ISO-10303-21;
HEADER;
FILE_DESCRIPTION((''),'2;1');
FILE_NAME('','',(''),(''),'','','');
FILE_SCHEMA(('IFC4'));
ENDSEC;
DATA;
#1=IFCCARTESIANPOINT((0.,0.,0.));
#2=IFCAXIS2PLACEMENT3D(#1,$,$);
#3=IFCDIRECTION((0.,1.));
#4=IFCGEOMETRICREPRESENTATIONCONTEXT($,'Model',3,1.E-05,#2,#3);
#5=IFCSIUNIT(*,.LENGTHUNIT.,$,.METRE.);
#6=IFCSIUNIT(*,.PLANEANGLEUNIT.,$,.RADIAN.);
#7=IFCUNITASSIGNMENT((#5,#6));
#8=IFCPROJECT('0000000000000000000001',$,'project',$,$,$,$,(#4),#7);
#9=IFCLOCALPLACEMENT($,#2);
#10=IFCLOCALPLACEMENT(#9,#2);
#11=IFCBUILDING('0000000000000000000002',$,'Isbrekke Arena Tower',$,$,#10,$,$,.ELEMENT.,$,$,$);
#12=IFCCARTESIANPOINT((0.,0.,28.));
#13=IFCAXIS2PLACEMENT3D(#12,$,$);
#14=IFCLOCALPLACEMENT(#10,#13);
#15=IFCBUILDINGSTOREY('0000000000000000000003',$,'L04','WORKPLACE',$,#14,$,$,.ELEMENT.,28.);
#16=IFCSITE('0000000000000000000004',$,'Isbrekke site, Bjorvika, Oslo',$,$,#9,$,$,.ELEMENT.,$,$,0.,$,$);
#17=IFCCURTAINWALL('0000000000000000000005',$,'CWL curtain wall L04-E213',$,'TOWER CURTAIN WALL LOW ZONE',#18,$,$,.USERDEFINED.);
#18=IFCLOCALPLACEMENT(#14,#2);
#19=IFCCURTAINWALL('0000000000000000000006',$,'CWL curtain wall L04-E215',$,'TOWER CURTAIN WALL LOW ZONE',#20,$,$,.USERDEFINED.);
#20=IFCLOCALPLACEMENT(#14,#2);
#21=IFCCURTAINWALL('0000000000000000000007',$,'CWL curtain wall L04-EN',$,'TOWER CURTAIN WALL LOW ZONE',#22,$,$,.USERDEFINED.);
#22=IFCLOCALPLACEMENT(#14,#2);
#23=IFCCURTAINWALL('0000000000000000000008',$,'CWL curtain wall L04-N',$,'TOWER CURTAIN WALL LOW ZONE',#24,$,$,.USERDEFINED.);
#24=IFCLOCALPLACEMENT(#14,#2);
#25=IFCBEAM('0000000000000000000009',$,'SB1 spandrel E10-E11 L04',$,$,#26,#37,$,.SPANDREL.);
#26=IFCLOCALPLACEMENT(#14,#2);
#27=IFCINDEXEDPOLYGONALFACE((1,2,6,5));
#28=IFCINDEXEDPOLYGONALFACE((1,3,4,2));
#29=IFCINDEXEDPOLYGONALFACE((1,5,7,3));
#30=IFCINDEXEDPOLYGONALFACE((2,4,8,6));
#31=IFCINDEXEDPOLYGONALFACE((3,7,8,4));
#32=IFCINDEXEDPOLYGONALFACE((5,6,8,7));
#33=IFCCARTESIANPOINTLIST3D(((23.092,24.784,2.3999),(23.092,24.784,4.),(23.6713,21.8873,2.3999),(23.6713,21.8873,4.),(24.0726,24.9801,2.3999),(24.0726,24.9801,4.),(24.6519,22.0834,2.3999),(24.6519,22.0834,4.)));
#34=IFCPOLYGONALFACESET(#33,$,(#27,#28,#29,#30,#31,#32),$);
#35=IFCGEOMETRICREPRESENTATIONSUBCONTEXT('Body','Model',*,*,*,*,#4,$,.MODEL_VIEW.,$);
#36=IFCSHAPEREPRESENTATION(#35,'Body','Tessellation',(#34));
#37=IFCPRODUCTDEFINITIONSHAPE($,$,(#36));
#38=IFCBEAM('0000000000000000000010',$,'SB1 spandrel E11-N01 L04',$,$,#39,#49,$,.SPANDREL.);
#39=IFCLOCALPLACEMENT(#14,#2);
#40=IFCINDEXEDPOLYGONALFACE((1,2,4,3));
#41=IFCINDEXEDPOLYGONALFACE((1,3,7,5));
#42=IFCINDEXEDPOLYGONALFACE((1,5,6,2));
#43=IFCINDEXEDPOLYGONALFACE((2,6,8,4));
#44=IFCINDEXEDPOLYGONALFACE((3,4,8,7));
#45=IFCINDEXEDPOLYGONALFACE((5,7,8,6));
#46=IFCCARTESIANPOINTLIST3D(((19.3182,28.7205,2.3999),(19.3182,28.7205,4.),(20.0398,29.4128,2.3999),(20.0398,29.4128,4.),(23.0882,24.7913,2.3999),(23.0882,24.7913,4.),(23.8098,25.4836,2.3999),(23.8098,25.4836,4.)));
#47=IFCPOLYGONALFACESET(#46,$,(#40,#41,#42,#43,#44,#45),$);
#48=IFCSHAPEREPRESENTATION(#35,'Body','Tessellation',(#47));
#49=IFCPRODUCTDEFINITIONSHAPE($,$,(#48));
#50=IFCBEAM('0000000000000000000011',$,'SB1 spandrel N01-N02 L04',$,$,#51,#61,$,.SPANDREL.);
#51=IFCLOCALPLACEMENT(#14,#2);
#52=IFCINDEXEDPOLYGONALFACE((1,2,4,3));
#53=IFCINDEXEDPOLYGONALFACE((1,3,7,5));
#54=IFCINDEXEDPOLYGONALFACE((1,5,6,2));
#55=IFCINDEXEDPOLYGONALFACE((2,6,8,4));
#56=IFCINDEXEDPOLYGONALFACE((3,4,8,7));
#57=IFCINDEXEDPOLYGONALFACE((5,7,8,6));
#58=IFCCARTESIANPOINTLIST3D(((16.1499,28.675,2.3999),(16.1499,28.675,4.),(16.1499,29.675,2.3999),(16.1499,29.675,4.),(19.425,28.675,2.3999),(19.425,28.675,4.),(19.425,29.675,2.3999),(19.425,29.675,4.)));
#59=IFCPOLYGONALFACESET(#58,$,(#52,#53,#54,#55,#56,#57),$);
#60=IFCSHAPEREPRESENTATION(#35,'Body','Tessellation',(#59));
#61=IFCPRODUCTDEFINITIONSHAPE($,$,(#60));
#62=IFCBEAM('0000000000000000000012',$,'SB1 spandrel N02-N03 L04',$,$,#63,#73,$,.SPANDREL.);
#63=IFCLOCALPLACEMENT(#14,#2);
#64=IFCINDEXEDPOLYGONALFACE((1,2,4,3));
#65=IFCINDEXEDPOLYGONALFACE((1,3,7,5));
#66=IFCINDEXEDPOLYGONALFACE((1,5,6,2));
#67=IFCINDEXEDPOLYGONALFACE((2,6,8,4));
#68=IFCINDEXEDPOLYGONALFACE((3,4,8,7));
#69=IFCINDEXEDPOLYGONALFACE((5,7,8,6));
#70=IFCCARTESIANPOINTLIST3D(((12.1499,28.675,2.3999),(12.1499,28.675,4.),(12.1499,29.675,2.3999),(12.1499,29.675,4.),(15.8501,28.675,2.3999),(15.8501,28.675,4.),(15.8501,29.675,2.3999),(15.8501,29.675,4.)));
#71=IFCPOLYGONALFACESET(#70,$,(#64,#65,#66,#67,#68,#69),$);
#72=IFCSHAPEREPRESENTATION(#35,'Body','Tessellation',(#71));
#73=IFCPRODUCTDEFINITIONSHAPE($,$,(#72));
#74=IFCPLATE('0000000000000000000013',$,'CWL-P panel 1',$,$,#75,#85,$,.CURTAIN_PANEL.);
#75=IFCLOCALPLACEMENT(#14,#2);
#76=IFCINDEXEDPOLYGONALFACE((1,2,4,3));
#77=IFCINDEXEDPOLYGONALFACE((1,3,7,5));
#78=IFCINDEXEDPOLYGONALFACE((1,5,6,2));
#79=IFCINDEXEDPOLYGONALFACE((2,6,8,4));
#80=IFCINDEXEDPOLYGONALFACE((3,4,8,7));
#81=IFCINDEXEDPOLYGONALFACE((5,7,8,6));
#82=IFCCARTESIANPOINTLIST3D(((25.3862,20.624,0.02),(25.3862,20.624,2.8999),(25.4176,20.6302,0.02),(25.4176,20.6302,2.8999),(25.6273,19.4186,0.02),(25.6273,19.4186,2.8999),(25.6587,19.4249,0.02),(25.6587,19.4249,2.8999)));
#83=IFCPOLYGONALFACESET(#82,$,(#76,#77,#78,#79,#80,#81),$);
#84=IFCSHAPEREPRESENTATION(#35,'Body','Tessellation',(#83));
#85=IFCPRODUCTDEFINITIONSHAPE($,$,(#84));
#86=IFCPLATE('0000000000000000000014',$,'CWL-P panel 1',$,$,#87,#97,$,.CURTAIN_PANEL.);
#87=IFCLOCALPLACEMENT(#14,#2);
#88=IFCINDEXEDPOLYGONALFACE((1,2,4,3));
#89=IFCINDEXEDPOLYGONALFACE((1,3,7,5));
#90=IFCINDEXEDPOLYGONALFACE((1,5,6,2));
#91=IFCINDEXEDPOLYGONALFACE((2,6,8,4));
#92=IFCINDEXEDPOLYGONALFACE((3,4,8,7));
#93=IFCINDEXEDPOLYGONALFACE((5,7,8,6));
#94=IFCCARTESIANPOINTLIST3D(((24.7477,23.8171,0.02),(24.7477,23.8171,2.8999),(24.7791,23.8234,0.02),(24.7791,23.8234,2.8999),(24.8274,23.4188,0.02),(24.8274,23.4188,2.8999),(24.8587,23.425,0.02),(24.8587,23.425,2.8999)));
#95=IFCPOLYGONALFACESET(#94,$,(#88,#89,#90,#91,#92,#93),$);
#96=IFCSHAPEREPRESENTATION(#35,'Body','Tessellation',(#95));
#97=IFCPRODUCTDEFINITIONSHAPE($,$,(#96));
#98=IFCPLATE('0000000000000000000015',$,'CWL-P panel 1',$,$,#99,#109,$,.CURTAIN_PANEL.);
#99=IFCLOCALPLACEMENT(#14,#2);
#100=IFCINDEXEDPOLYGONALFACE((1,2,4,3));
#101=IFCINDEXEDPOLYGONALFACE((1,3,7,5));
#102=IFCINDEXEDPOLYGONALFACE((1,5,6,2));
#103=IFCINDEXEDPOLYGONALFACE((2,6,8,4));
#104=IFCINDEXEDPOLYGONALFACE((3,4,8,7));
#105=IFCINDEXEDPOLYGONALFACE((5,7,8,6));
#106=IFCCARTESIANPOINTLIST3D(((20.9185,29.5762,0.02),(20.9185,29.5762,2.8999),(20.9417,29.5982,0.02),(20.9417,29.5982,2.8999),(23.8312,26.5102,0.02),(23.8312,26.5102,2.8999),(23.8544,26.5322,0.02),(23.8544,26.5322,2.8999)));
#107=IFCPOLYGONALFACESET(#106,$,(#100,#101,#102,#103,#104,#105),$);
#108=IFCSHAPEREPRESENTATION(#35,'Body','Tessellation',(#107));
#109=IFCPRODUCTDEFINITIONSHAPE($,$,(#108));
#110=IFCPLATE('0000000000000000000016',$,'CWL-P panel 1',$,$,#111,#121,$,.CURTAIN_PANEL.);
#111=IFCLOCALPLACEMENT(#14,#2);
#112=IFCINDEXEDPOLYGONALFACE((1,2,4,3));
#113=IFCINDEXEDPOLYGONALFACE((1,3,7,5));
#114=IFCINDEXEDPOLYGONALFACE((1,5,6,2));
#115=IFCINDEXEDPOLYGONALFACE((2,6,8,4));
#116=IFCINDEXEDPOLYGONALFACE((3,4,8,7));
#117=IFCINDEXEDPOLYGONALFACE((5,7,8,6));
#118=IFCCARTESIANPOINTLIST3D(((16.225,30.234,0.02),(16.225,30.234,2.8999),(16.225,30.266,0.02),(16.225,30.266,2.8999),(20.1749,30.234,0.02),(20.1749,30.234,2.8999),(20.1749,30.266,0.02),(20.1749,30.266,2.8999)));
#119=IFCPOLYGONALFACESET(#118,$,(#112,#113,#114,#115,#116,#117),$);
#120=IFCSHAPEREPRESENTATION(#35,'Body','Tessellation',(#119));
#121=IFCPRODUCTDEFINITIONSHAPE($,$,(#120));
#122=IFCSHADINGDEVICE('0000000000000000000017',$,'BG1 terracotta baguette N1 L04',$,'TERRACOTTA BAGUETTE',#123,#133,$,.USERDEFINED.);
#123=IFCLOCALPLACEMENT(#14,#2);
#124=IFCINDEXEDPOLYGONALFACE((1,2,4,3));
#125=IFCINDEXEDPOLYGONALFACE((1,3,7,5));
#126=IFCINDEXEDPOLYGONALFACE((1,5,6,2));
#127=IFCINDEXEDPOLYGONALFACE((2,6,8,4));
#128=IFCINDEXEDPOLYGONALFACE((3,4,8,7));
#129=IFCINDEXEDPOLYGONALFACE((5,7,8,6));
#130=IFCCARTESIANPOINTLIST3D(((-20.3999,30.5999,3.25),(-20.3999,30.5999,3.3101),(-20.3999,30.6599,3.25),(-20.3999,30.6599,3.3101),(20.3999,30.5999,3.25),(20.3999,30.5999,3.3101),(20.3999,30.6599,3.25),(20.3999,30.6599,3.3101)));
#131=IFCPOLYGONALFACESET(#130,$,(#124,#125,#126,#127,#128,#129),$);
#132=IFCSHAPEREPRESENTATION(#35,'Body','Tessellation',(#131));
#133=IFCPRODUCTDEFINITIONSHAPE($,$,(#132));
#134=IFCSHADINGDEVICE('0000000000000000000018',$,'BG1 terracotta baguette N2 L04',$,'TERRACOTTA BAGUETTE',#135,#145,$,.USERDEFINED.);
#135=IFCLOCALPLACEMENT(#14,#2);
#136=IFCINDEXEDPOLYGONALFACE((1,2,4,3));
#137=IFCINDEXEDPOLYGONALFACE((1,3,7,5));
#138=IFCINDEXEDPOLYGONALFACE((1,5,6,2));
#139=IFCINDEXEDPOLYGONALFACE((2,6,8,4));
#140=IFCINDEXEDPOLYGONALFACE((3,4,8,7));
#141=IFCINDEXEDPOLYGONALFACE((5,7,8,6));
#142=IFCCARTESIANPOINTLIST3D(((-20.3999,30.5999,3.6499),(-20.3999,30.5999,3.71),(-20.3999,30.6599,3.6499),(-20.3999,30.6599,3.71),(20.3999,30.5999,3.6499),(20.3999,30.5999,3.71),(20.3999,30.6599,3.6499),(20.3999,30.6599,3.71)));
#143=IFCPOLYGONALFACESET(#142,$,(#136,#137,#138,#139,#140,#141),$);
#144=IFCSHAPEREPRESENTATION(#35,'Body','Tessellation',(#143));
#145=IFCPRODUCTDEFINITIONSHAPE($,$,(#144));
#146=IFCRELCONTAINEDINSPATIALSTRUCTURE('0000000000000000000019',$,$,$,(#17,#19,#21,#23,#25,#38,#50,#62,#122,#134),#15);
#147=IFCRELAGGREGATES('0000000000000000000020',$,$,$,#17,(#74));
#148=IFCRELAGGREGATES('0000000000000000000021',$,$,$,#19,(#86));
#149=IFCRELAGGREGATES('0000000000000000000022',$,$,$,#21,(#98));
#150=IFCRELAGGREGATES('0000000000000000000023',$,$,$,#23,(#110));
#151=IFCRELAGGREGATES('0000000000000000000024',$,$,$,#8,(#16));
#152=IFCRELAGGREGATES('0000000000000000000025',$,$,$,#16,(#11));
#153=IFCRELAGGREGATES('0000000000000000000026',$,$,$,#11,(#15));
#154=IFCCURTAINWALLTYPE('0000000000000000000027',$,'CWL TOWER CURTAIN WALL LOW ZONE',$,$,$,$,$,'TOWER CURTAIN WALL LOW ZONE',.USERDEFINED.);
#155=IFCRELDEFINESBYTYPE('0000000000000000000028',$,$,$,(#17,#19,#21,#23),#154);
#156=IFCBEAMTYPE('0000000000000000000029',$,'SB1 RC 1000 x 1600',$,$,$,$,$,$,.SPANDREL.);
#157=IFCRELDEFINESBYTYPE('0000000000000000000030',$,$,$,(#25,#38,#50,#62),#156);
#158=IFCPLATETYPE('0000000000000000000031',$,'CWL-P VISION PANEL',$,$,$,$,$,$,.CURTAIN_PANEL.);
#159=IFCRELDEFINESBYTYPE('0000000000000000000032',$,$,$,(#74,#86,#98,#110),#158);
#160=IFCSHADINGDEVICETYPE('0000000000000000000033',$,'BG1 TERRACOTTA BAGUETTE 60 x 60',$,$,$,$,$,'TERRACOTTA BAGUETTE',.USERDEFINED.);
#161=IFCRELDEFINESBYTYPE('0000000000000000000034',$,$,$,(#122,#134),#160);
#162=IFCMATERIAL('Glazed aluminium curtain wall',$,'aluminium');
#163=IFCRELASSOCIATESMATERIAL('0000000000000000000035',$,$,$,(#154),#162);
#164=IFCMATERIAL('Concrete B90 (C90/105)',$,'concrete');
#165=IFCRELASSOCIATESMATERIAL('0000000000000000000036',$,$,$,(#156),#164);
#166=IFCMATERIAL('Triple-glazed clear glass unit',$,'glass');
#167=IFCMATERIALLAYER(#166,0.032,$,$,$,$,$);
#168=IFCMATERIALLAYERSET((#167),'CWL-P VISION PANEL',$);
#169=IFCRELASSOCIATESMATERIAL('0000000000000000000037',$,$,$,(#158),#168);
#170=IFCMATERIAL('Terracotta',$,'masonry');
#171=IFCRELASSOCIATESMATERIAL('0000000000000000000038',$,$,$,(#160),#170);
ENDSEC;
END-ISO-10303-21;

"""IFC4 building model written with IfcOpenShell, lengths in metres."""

from ifc_helpers import new_model, si_unit, direction, frame, origin, origin_2d, place, context, subcontext, project, spatial, rectangle, extrude, material, layer, layer_set, material_profile, profile_set, type_object, element, aggregate, save


model = new_model("IFC4")

# Units and contexts
model_context = context("Model", 3, precision=1e-05, world=origin(), true_north=direction((0.0, 1.0)))
body_context = subcontext(model_context, "Body", "Model", "MODEL_VIEW")
ifc_project = project(units=[si_unit("LENGTHUNIT", "METRE"), si_unit("PLANEANGLEUNIT", "RADIAN")], contexts=[model_context])

# Site, building, storey
site_placement = place(None, origin())
site = spatial("IfcSite", under=ifc_project, at=site_placement, Name="Isbrekke site, Bjorvika, Oslo", CompositionType="ELEMENT", RefElevation=0.0)
building_placement = place(site_placement, origin())
building = spatial("IfcBuilding", under=site, at=building_placement, Name="Isbrekke Arena Tower", CompositionType="ELEMENT")
storey_placement = place(building_placement, frame((0.0, 0.0, 28.0)))
storey = spatial("IfcBuildingStorey", under=building, at=storey_placement, Name="L04", Description="WORKPLACE", CompositionType="ELEMENT", Elevation=28.0)

# Curtain wall
ifc_material_1 = material(Name="Glazed aluminium curtain wall", Category="aluminium")
curtain_wall_type = type_object("IfcCurtainWallType", Name="CWL TOWER CURTAIN WALL LOW ZONE", ElementType="TOWER CURTAIN WALL LOW ZONE", PredefinedType="USERDEFINED", material=ifc_material_1)
curtain_wall_1_placement = place(storey_placement, origin())
curtain_wall_1 = element("IfcCurtainWall", 1, at=curtain_wall_1_placement, inside=storey, type_object=curtain_wall_type, Name="CWL curtain wall L04-E213", ObjectType="TOWER CURTAIN WALL LOW ZONE", PredefinedType="USERDEFINED")

# Curtain walls
curtain_wall_2_placement = place(storey_placement, origin())
curtain_wall_2 = element("IfcCurtainWall", 2, at=curtain_wall_2_placement, inside=storey, type_object=curtain_wall_type, Name="CWL curtain wall L04-E215", ObjectType="TOWER CURTAIN WALL LOW ZONE", PredefinedType="USERDEFINED")
curtain_wall_3_placement = place(storey_placement, origin())
curtain_wall_3 = element("IfcCurtainWall", 3, at=curtain_wall_3_placement, inside=storey, type_object=curtain_wall_type, Name="CWL curtain wall L04-EN", ObjectType="TOWER CURTAIN WALL LOW ZONE", PredefinedType="USERDEFINED")
curtain_wall_4_placement = place(storey_placement, origin())
curtain_wall_4 = element("IfcCurtainWall", 4, at=curtain_wall_4_placement, inside=storey, type_object=curtain_wall_type, Name="CWL curtain wall L04-N", ObjectType="TOWER CURTAIN WALL LOW ZONE", PredefinedType="USERDEFINED")

# Beams
ifc_material_2 = material(Name="Concrete B90 (C90/105)", Category="concrete")
ifc_material_profile_1 = material_profile(ifc_material_2, rectangle(XDim=1.0, YDim=1.6001, at=origin_2d()), Name="RC 1000x1600")
ifc_profile_set_1 = profile_set([ifc_material_profile_1], Name="Concrete B90 (C90/105)")
beam_type_1 = type_object("IfcBeamType", Name="SB1 RC 1000 x 1600", PredefinedType="SPANDREL", material=ifc_profile_set_1)
beam_1_placement = place(storey_placement, frame((24.1616, 21.9854, 3.2), z_axis=(-0.196116, 0.980581, 0.0), x_axis=(-0.980581, -0.196116, 0.0)))
element("IfcBeam", 5, at=beam_1_placement, inside=storey, type_object=beam_type_1, Name="SB1 spandrel E10-E11 L04", PredefinedType="SPANDREL", context=body_context, shape_type="SweptSolid", body=[
    extrude(rectangle(XDim=1.0, YDim=1.6001, at=origin_2d()), origin(), (0.0, 0.0, 1.0), 2.9541),
])
beam_2_placement = place(storey_placement, frame((23.449, 25.1375, 3.2), z_axis=(-0.69234, 0.721572, 0.0), x_axis=(-0.721572, -0.69234, 0.0)))
element("IfcBeam", 6, at=beam_2_placement, inside=storey, type_object=beam_type_1, Name="SB1 spandrel E11-N01 L04", PredefinedType="SPANDREL", context=body_context, shape_type="SweptSolid", body=[
    extrude(rectangle(XDim=1.0, YDim=1.6001, at=origin_2d()), origin(), (0.0, 0.0, 1.0), 5.4453),
])
beam_3_placement = place(storey_placement, frame((19.425, 29.175, 3.2), z_axis=(-1.0, 0.0, 0.0), x_axis=(0.0, -1.0, 0.0)))
element("IfcBeam", 7, at=beam_3_placement, inside=storey, type_object=beam_type_1, Name="SB1 spandrel N01-N02 L04", PredefinedType="SPANDREL", context=body_context, shape_type="SweptSolid", body=[
    extrude(rectangle(XDim=1.0, YDim=1.6001, at=origin_2d()), origin(), (0.0, 0.0, 1.0), 3.2751),
])
beam_4_placement = place(storey_placement, frame((15.8501, 29.175, 3.2), z_axis=(-1.0, 0.0, 0.0), x_axis=(0.0, -1.0, 0.0)))
element("IfcBeam", 8, at=beam_4_placement, inside=storey, type_object=beam_type_1, Name="SB1 spandrel N02-N03 L04", PredefinedType="SPANDREL", context=body_context, shape_type="SweptSolid", body=[
    extrude(rectangle(XDim=1.0, YDim=1.6001, at=origin_2d()), origin(), (0.0, 0.0, 1.0), 3.7002),
])

# Plates
ifc_material_3 = material(Name="Triple-glazed clear glass unit", Category="glass")
ifc_layer_1 = layer(ifc_material_3, 0.032)
ifc_layer_set_1 = layer_set([ifc_layer_1], Name="CWL-P VISION PANEL")
plate_type = type_object("IfcPlateType", Name="CWL-P VISION PANEL", PredefinedType="CURTAIN_PANEL", material=ifc_layer_set_1)
plate_1_placement = place(storey_placement, frame((25.5225, 20.0244, 0.02), z_axis=(0.0, 0.0, 1.0), x_axis=(-0.196116, 0.980581, 0.0)))
plate_1 = element("IfcPlate", 9, at=plate_1_placement, type_object=plate_type, Name="CWL-P panel 1", PredefinedType="CURTAIN_PANEL", context=body_context, shape_type="SweptSolid", body=[
    extrude(rectangle(XDim=1.2292, YDim=0.032, at=origin_2d()), origin(), (0.0, 0.0, 1.0), 2.8799),
])
aggregate(curtain_wall_1, [plate_1])
plate_2_placement = place(storey_placement, frame((24.8032, 23.6211, 0.02), z_axis=(0.0, 0.0, 1.0), x_axis=(-0.196116, 0.980581, 0.0)))
plate_2 = element("IfcPlate", 10, at=plate_2_placement, type_object=plate_type, Name="CWL-P panel 1", PredefinedType="CURTAIN_PANEL", context=body_context, shape_type="SweptSolid", body=[
    extrude(rectangle(XDim=0.4062, YDim=0.032, at=origin_2d()), origin(), (0.0, 0.0, 1.0), 2.8799),
])
aggregate(curtain_wall_2, [plate_2])
plate_3_placement = place(storey_placement, frame((22.3865, 28.0542, 0.02), z_axis=(0.0, 0.0, 1.0), x_axis=(-0.688749, 0.724999, 0.0)))
plate_3 = element("IfcPlate", 11, at=plate_3_placement, type_object=plate_type, Name="CWL-P panel 1", PredefinedType="CURTAIN_PANEL", context=body_context, shape_type="SweptSolid", body=[
    extrude(rectangle(XDim=4.229, YDim=0.032, at=origin_2d()), origin(), (0.0, 0.0, 1.0), 2.8799),
])
aggregate(curtain_wall_3, [plate_3])
plate_4_placement = place(storey_placement, frame((18.2, 30.25, 0.02), z_axis=(0.0, 0.0, 1.0), x_axis=(-1.0, 0.0, 0.0)))
plate_4 = element("IfcPlate", 12, at=plate_4_placement, type_object=plate_type, Name="CWL-P panel 1", PredefinedType="CURTAIN_PANEL", context=body_context, shape_type="SweptSolid", body=[
    extrude(rectangle(XDim=3.95, YDim=0.032, at=origin_2d()), origin(), (0.0, 0.0, 1.0), 2.8799),
])
aggregate(curtain_wall_4, [plate_4])

# Shading devices
ifc_material_4 = material(Name="Terracotta", Category="masonry")
ifc_material_profile_2 = material_profile(ifc_material_4, rectangle(XDim=0.0601, YDim=0.0601, at=origin_2d()), Name="BAGUETTE 60X60")
ifc_profile_set_2 = profile_set([ifc_material_profile_2], Name="Terracotta")
shading_device_type = type_object("IfcShadingDeviceType", Name="BG1 TERRACOTTA BAGUETTE 60 x 60", ElementType="TERRACOTTA BAGUETTE", PredefinedType="USERDEFINED", material=ifc_profile_set_2)
for number, where, z_axis, x_axis, name in (
    (13, (20.3999, 30.6299, 3.28), (-1.0, 0.0, 0.0), (0.0, -1.0, 0.0), "BG1 terracotta baguette N1 L04"),
    (14, (20.3999, 30.6299, 3.6799), (-1.0, 0.0, 0.0), (0.0, -1.0, 0.0), "BG1 terracotta baguette N2 L04"),
):
    element("IfcShadingDevice", number, at=place(storey_placement, frame(where, z_axis=z_axis, x_axis=x_axis)), inside=storey, type_object=shading_device_type, Name=name, ObjectType="TERRACOTTA BAGUETTE", PredefinedType="USERDEFINED", context=body_context, shape_type="SweptSolid", body=[
        extrude(rectangle(XDim=0.0601, YDim=0.0601, at=origin_2d()), origin(), (0.0, 0.0, 1.0), 40.7998),
    ])

save(model, "model.ifc")
